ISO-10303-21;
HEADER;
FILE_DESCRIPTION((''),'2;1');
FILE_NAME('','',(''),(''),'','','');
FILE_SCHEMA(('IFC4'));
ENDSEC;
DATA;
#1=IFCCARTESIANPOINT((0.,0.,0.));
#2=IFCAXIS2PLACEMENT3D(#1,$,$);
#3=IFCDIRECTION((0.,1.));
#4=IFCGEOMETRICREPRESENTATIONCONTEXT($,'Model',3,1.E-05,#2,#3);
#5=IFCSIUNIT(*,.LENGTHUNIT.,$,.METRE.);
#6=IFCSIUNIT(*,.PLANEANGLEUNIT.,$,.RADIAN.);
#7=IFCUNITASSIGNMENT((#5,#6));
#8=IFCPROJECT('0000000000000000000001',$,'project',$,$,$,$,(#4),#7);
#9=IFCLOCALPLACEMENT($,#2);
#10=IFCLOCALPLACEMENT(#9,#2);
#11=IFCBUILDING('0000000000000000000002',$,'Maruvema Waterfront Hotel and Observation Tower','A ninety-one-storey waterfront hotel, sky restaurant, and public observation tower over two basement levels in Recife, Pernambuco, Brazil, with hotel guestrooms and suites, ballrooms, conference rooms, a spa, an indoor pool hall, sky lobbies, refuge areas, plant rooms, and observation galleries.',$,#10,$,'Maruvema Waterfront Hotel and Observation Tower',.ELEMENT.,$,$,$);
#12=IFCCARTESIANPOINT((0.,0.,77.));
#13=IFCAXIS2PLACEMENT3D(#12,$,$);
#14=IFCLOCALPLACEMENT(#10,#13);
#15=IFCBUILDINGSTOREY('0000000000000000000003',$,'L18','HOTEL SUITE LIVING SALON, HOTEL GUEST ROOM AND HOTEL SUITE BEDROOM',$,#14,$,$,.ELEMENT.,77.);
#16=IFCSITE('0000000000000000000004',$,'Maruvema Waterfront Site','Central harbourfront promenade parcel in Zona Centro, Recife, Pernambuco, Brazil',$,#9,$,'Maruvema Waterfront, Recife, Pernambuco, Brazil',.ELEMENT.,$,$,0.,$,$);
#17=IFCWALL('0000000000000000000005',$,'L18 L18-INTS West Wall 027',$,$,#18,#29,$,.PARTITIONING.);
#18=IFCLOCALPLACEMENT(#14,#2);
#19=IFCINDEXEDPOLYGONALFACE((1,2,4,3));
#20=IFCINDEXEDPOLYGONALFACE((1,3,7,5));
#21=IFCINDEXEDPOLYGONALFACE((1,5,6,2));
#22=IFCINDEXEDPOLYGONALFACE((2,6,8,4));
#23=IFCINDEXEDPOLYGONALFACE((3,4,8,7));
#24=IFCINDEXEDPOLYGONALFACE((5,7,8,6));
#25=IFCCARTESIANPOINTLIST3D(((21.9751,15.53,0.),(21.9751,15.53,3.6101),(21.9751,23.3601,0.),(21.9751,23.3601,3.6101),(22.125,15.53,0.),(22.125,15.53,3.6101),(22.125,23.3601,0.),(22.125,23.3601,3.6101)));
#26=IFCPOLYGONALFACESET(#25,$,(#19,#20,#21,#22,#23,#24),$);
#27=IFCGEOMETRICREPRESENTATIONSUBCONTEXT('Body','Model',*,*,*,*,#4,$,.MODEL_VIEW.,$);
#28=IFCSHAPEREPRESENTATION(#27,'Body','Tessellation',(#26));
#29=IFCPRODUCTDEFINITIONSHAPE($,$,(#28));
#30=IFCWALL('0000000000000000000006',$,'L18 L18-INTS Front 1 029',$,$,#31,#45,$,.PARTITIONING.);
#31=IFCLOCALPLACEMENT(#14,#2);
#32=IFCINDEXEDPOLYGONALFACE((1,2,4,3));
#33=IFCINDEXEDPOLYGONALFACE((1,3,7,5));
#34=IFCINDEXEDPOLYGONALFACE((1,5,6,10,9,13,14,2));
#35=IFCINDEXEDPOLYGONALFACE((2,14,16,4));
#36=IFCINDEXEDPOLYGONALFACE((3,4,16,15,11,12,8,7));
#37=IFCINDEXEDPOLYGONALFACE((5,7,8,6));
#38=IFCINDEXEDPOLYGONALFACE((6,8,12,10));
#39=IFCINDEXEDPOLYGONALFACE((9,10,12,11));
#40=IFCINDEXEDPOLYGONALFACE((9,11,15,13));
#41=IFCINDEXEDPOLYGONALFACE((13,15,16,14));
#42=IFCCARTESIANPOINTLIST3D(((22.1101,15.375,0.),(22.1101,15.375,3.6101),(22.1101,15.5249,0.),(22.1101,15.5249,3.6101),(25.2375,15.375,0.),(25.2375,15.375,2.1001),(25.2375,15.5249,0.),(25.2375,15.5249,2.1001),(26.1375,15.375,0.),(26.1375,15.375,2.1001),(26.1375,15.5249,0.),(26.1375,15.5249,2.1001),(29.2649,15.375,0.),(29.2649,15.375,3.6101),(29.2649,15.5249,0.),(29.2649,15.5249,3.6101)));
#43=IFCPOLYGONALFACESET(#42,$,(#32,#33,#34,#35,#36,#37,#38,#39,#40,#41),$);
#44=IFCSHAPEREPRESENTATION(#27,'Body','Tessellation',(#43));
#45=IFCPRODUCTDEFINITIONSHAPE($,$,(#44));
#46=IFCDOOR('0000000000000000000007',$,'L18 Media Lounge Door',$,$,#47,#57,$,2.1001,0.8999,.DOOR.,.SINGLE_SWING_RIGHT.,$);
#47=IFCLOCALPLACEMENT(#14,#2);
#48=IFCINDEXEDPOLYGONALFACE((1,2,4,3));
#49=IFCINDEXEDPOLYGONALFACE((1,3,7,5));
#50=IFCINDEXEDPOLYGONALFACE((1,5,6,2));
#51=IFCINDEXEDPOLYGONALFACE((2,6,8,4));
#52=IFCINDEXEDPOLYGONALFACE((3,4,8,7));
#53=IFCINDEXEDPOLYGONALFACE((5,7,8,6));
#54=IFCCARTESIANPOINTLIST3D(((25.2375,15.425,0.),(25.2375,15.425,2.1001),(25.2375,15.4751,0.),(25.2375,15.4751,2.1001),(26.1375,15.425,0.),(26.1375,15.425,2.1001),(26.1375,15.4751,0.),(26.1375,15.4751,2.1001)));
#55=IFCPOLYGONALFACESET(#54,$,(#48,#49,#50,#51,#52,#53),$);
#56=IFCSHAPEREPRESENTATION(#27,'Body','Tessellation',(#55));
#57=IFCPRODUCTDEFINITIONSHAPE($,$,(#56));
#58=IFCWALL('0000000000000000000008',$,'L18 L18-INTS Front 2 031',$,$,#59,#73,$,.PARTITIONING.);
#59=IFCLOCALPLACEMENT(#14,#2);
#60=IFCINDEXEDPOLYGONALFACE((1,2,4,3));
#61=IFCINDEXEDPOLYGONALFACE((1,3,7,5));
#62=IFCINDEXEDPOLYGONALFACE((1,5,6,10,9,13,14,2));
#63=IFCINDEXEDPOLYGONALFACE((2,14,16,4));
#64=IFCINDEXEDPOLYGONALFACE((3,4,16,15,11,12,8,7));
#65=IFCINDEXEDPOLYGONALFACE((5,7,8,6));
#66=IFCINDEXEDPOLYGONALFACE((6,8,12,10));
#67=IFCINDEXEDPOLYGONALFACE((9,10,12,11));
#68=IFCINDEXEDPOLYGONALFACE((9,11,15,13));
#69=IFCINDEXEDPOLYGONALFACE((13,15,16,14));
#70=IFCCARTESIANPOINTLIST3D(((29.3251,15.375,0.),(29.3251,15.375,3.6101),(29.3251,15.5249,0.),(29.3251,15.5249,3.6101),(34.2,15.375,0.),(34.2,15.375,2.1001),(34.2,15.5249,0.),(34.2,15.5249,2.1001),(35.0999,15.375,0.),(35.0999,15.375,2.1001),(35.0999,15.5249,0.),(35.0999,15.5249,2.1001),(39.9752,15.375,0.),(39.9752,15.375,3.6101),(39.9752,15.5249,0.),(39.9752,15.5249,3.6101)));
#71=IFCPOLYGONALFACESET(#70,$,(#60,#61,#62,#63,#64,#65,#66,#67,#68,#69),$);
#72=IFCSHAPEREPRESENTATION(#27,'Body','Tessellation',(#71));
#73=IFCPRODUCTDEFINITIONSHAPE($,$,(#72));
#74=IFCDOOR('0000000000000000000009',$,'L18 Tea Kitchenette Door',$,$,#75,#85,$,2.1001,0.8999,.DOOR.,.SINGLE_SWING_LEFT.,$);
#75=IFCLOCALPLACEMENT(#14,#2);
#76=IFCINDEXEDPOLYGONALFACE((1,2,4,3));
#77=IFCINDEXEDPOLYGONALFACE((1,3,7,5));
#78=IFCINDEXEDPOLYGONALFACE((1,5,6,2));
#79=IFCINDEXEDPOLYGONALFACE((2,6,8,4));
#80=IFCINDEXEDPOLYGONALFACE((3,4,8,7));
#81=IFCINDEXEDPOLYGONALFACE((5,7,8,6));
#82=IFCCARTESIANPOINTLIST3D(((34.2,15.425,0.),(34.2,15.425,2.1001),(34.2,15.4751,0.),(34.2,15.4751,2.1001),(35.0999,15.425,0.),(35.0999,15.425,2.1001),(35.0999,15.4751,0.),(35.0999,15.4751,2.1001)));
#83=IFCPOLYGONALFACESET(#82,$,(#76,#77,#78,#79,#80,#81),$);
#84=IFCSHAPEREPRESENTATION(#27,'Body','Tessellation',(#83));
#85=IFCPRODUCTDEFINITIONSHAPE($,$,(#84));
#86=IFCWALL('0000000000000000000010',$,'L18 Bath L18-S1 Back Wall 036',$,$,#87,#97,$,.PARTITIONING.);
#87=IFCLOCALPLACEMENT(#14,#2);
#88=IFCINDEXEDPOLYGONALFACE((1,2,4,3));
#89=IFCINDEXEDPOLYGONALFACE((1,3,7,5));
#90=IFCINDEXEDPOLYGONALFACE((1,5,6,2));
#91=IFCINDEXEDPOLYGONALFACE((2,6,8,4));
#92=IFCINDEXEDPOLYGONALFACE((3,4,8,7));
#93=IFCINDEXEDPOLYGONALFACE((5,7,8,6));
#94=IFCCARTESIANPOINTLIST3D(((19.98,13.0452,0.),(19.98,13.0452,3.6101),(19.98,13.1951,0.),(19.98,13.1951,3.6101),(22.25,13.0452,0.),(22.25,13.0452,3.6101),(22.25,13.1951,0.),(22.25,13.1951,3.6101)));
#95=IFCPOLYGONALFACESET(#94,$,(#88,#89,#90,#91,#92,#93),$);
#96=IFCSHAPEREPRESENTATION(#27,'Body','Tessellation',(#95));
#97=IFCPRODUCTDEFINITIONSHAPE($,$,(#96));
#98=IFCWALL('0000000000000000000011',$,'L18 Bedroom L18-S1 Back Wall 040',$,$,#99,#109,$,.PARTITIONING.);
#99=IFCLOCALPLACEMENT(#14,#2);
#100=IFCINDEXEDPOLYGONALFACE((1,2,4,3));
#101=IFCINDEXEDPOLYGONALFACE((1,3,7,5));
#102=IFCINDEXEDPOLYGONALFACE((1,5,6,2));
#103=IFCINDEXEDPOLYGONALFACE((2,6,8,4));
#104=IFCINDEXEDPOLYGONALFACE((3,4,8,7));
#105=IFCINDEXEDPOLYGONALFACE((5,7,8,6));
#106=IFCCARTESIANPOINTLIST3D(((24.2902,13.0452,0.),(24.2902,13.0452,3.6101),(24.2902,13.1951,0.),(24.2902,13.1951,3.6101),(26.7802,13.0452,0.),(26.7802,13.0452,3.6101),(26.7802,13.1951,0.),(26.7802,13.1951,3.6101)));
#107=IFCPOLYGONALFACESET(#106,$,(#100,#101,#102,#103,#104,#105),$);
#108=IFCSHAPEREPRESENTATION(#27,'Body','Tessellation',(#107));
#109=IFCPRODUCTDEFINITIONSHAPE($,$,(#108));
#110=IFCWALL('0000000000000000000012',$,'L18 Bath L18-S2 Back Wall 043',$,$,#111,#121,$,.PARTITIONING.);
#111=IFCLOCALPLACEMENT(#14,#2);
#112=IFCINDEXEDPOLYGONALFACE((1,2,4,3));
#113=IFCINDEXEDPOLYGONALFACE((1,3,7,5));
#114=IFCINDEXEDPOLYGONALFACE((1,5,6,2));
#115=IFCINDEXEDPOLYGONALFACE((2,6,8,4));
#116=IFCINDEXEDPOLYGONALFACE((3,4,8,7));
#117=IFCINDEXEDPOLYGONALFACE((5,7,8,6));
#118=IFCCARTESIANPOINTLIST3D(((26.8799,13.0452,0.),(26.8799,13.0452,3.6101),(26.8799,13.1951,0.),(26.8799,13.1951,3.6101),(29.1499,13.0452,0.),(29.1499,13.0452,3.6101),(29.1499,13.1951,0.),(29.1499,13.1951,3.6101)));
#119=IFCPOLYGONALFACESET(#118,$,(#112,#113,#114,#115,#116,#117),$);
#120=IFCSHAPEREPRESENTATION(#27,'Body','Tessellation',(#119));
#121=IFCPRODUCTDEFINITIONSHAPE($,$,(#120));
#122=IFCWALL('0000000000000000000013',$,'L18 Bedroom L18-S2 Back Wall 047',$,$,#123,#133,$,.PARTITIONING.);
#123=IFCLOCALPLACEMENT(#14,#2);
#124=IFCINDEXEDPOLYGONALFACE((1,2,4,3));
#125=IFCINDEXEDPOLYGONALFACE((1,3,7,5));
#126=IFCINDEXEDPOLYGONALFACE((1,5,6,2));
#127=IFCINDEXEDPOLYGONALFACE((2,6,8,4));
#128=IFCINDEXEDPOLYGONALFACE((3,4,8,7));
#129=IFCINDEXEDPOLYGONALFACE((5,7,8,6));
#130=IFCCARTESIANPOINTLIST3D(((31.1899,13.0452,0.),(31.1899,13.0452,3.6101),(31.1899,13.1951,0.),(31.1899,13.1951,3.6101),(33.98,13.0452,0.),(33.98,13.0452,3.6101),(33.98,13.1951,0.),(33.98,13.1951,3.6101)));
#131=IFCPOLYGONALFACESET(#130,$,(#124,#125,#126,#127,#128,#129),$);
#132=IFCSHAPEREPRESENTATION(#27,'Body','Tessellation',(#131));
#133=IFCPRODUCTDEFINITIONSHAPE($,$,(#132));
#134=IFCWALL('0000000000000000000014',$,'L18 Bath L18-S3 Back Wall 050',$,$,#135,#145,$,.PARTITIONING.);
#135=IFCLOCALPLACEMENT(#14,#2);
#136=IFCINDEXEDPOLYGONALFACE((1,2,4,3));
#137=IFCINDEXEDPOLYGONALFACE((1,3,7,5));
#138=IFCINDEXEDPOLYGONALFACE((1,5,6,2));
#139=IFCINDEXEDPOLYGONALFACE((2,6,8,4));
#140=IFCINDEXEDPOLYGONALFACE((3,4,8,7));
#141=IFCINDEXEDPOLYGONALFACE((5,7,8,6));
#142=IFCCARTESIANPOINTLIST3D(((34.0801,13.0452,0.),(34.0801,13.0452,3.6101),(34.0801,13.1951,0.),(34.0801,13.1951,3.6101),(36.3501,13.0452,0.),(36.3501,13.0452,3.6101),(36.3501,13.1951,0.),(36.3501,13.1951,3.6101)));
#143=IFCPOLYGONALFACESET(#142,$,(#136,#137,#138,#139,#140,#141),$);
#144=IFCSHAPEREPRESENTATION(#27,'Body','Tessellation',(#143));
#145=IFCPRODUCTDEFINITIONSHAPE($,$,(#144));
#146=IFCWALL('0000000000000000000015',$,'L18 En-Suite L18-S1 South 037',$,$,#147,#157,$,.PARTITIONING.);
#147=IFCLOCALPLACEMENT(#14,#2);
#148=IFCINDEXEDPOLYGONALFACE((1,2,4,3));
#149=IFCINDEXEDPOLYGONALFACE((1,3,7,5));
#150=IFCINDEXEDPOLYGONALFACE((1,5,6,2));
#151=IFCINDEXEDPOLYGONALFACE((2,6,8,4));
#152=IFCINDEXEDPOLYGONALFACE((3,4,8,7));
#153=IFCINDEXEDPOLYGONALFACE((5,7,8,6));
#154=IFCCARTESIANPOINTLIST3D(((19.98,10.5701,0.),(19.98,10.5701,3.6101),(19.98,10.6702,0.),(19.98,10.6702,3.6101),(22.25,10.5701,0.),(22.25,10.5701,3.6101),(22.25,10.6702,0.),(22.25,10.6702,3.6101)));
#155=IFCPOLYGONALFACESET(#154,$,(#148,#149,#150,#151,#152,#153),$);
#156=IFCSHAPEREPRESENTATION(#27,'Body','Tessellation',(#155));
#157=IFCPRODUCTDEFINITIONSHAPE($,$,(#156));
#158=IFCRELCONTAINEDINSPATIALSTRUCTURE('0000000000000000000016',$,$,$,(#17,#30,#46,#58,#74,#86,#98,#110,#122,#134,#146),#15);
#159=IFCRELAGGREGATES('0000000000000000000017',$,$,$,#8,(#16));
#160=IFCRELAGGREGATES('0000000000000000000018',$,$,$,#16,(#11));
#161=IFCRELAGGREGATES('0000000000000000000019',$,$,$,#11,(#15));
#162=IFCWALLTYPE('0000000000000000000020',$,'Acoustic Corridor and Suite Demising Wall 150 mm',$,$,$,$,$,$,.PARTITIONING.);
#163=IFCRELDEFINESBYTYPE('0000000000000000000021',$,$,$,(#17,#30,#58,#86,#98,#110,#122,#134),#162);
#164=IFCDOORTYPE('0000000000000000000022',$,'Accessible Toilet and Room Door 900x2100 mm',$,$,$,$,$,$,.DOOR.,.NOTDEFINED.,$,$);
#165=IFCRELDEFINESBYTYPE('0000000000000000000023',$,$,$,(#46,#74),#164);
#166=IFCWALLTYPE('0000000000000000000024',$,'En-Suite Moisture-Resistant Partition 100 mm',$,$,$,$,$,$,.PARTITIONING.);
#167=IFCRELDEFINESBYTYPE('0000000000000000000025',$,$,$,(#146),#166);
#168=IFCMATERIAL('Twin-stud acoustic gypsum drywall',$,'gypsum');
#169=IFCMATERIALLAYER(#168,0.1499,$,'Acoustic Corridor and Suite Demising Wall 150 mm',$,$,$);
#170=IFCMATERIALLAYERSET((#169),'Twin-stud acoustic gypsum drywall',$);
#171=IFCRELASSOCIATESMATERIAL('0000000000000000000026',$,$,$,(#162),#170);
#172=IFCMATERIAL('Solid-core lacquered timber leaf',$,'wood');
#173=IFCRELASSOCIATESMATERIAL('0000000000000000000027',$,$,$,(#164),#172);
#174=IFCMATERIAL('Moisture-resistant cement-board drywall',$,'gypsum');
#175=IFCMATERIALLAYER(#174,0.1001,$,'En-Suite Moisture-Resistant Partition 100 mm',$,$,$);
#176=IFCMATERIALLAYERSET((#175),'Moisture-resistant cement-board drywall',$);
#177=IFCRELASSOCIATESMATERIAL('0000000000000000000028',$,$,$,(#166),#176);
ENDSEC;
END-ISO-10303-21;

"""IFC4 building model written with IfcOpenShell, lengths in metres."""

from ifc_helpers import new_model, si_unit, direction, frame, frame_2d, origin, place, context, subcontext, project, spatial, rectangle, extrude, material, layer, layer_set, type_object, element, fill, save


model = new_model("IFC4")

# Units and contexts
model_context = context("Model", 3, precision=1e-05, world=origin(), true_north=direction((0.0, 1.0)))
body_context = subcontext(model_context, "Body", "Model", "MODEL_VIEW")
ifc_project = project(units=[si_unit("LENGTHUNIT", "METRE"), si_unit("PLANEANGLEUNIT", "RADIAN")], contexts=[model_context])

# Site, building, storey
site_placement = place(None, origin())
site = spatial("IfcSite", under=ifc_project, at=site_placement, Name="Maruvema Waterfront Site", Description="Central harbourfront promenade parcel in Zona Centro, Recife, Pernambuco, Brazil", LongName="Maruvema Waterfront, Recife, Pernambuco, Brazil", CompositionType="ELEMENT", RefElevation=0.0)
building_placement = place(site_placement, origin())
building = spatial("IfcBuilding", under=site, at=building_placement, Name="Maruvema Waterfront Hotel and Observation Tower", Description="A ninety-one-storey waterfront hotel, sky restaurant, and public observation tower over two basement levels in Recife, Pernambuco, Brazil, with hotel guestrooms and suites, ballrooms, conference rooms, a spa, an indoor pool hall, sky lobbies, refuge areas, plant rooms, and observation galleries.", LongName="Maruvema Waterfront Hotel and Observation Tower", CompositionType="ELEMENT")
storey_placement = place(building_placement, frame((0.0, 0.0, 77.0)))
storey = spatial("IfcBuildingStorey", under=building, at=storey_placement, Name="L18", Description="HOTEL SUITE LIVING SALON, HOTEL GUEST ROOM AND HOTEL SUITE BEDROOM", CompositionType="ELEMENT", Elevation=77.0)

# Wall
ifc_material_1 = material(Name="Twin-stud acoustic gypsum drywall", Category="gypsum")
ifc_layer_1 = layer(ifc_material_1, 0.1499, Name="Acoustic Corridor and Suite Demising Wall 150 mm")
ifc_layer_set_1 = layer_set([ifc_layer_1], Name="Twin-stud acoustic gypsum drywall")
wall_type_1 = type_object("IfcWallType", Name="Acoustic Corridor and Suite Demising Wall 150 mm", PredefinedType="PARTITIONING", material=ifc_layer_set_1)
wall_1_placement = place(storey_placement, frame((22.05, 15.53, 0.0), z_axis=(0.0, 0.0, 1.0), x_axis=(0.0, 1.0, 0.0)))
element("IfcWall", 1, at=wall_1_placement, inside=storey, type_object=wall_type_1, Name="L18 L18-INTS West Wall 027", PredefinedType="PARTITIONING", context=body_context, shape_type="SweptSolid", body=[
    extrude(rectangle(XDim=7.8301, YDim=0.1499, at=frame_2d((3.915, 0.0))), origin(), (0.0, 0.0, 1.0), 3.6101),
])

# Walls, openings, doors
wall_2_placement = place(storey_placement, frame((22.1101, 15.45, 0.0), z_axis=(0.0, 0.0, 1.0), x_axis=(1.0, 0.0, 0.0)))
wall_2 = element("IfcWall", 2, at=wall_2_placement, inside=storey, type_object=wall_type_1, Name="L18 L18-INTS Front 1 029", PredefinedType="PARTITIONING", context=body_context, shape_type="SweptSolid", body=[
    extrude(rectangle(XDim=7.1548, YDim=0.1499, at=frame_2d((3.5774, 0.0))), origin(), (0.0, 0.0, 1.0), 3.6101),
])
opening_1_placement = place(wall_2_placement, frame((3.1274, 0.0, 0.0)))
opening_1 = element("IfcOpeningElement", 3, at=opening_1_placement, cuts=wall_2, PredefinedType="OPENING", context=body_context, shape_type="SweptSolid", body=[
    extrude(rectangle(XDim=0.8999, YDim=2.1001, at=frame_2d((0.45, 1.05))), frame((0.0, 0.085, 0.0), z_axis=(0.0, -1.0, 0.0), x_axis=(1.0, 0.0, 0.0)), (0.0, 0.0, 1.0), 0.1699),
])
ifc_material_2 = material(Name="Solid-core lacquered timber leaf", Category="wood")
door_type_1 = type_object("IfcDoorType", Name="Accessible Toilet and Room Door 900x2100 mm", OperationType="NOTDEFINED", PredefinedType="DOOR", material=ifc_material_2)
door_1_placement = place(opening_1_placement, frame((0.8999, 0.0, 0.0), z_axis=(0.0, 0.0, 1.0), x_axis=(-1.0, 0.0, 0.0)))
door_1 = element("IfcDoor", 4, at=door_1_placement, inside=storey, type_object=door_type_1, Name="L18 Media Lounge Door", OperationType="SINGLE_SWING_RIGHT", OverallHeight=2.1001, OverallWidth=0.8999, PredefinedType="DOOR", context=body_context, shape_type="SweptSolid", body=[
    extrude(rectangle(XDim=0.8999, YDim=2.1001, at=frame_2d((0.45, 1.05))), frame((0.0, 0.0249, 0.0), z_axis=(0.0, -1.0, 0.0), x_axis=(1.0, 0.0, 0.0)), (0.0, 0.0, 1.0), 0.05),
])
fill(opening_1, door_1)
wall_3_placement = place(storey_placement, frame((29.325, 15.45, 0.0), z_axis=(0.0, 0.0, 1.0), x_axis=(1.0, 0.0, 0.0)))
wall_3 = element("IfcWall", 5, at=wall_3_placement, inside=storey, type_object=wall_type_1, Name="L18 L18-INTS Front 2 031", PredefinedType="PARTITIONING", context=body_context, shape_type="SweptSolid", body=[
    extrude(rectangle(XDim=10.6501, YDim=0.1499, at=frame_2d((5.3252, 0.0))), origin(), (0.0, 0.0, 1.0), 3.6101),
])
opening_2_placement = place(wall_3_placement, frame((4.875, 0.0, 0.0)))
opening_2 = element("IfcOpeningElement", 6, at=opening_2_placement, cuts=wall_3, PredefinedType="OPENING", context=body_context, shape_type="SweptSolid", body=[
    extrude(rectangle(XDim=0.8999, YDim=2.1001, at=frame_2d((0.45, 1.05))), frame((0.0, 0.085, 0.0), z_axis=(0.0, -1.0, 0.0), x_axis=(1.0, 0.0, 0.0)), (0.0, 0.0, 1.0), 0.1699),
])
door_2_placement = place(opening_2_placement, frame((0.8999, 0.0, 0.0), z_axis=(0.0, 0.0, 1.0), x_axis=(-1.0, 0.0, 0.0)))
door_2 = element("IfcDoor", 7, at=door_2_placement, inside=storey, type_object=door_type_1, Name="L18 Tea Kitchenette Door", OperationType="SINGLE_SWING_LEFT", OverallHeight=2.1001, OverallWidth=0.8999, PredefinedType="DOOR", context=body_context, shape_type="SweptSolid", body=[
    extrude(rectangle(XDim=0.8999, YDim=2.1001, at=frame_2d((0.45, 1.05))), frame((0.0, 0.0249, 0.0), z_axis=(0.0, -1.0, 0.0), x_axis=(1.0, 0.0, 0.0)), (0.0, 0.0, 1.0), 0.05),
])
fill(opening_2, door_2)

# Wall
wall_4_placement = place(storey_placement, frame((19.98, 13.1201, 0.0), z_axis=(0.0, 0.0, 1.0), x_axis=(1.0, 0.0, 0.0)))
element("IfcWall", 8, at=wall_4_placement, inside=storey, type_object=wall_type_1, Name="L18 Bath L18-S1 Back Wall 036", PredefinedType="PARTITIONING", context=body_context, shape_type="SweptSolid", body=[
    extrude(rectangle(XDim=2.27, YDim=0.1499, at=frame_2d((1.135, 0.0))), origin(), (0.0, 0.0, 1.0), 3.6101),
])

# Walls
wall_5_placement = place(storey_placement, frame((24.29, 13.1201, 0.0), z_axis=(0.0, 0.0, 1.0), x_axis=(1.0, 0.0, 0.0)))
element("IfcWall", 9, at=wall_5_placement, inside=storey, type_object=wall_type_1, Name="L18 Bedroom L18-S1 Back Wall 040", PredefinedType="PARTITIONING", context=body_context, shape_type="SweptSolid", body=[
    extrude(rectangle(XDim=2.49, YDim=0.1499, at=frame_2d((1.2451, 0.0))), origin(), (0.0, 0.0, 1.0), 3.6101),
])
wall_6_placement = place(storey_placement, frame((26.8799, 13.1201, 0.0), z_axis=(0.0, 0.0, 1.0), x_axis=(1.0, 0.0, 0.0)))
element("IfcWall", 10, at=wall_6_placement, inside=storey, type_object=wall_type_1, Name="L18 Bath L18-S2 Back Wall 043", PredefinedType="PARTITIONING", context=body_context, shape_type="SweptSolid", body=[
    extrude(rectangle(XDim=2.27, YDim=0.1499, at=frame_2d((1.135, 0.0))), origin(), (0.0, 0.0, 1.0), 3.6101),
])

# Walls
wall_7_placement = place(storey_placement, frame((31.1899, 13.1201, 0.0), z_axis=(0.0, 0.0, 1.0), x_axis=(1.0, 0.0, 0.0)))
element("IfcWall", 11, at=wall_7_placement, inside=storey, type_object=wall_type_1, Name="L18 Bedroom L18-S2 Back Wall 047", PredefinedType="PARTITIONING", context=body_context, shape_type="SweptSolid", body=[
    extrude(rectangle(XDim=2.79, YDim=0.1499, at=frame_2d((1.395, 0.0))), origin(), (0.0, 0.0, 1.0), 3.6101),
])
wall_8_placement = place(storey_placement, frame((34.0801, 13.1201, 0.0), z_axis=(0.0, 0.0, 1.0), x_axis=(1.0, 0.0, 0.0)))
element("IfcWall", 12, at=wall_8_placement, inside=storey, type_object=wall_type_1, Name="L18 Bath L18-S3 Back Wall 050", PredefinedType="PARTITIONING", context=body_context, shape_type="SweptSolid", body=[
    extrude(rectangle(XDim=2.27, YDim=0.1499, at=frame_2d((1.135, 0.0))), origin(), (0.0, 0.0, 1.0), 3.6101),
])
ifc_material_3 = material(Name="Moisture-resistant cement-board drywall", Category="gypsum")
ifc_layer_2 = layer(ifc_material_3, 0.1001, Name="En-Suite Moisture-Resistant Partition 100 mm")
ifc_layer_set_2 = layer_set([ifc_layer_2], Name="Moisture-resistant cement-board drywall")
wall_type_2 = type_object("IfcWallType", Name="En-Suite Moisture-Resistant Partition 100 mm", PredefinedType="PARTITIONING", material=ifc_layer_set_2)
wall_9_placement = place(storey_placement, frame((19.98, 10.6201, 0.0), z_axis=(0.0, 0.0, 1.0), x_axis=(1.0, 0.0, 0.0)))
element("IfcWall", 13, at=wall_9_placement, inside=storey, type_object=wall_type_2, Name="L18 En-Suite L18-S1 South 037", PredefinedType="PARTITIONING", context=body_context, shape_type="SweptSolid", body=[
    extrude(rectangle(XDim=2.27, YDim=0.1001, at=frame_2d((1.135, 0.0))), origin(), (0.0, 0.0, 1.0), 3.6101),
])

save(model, "model.ifc")
